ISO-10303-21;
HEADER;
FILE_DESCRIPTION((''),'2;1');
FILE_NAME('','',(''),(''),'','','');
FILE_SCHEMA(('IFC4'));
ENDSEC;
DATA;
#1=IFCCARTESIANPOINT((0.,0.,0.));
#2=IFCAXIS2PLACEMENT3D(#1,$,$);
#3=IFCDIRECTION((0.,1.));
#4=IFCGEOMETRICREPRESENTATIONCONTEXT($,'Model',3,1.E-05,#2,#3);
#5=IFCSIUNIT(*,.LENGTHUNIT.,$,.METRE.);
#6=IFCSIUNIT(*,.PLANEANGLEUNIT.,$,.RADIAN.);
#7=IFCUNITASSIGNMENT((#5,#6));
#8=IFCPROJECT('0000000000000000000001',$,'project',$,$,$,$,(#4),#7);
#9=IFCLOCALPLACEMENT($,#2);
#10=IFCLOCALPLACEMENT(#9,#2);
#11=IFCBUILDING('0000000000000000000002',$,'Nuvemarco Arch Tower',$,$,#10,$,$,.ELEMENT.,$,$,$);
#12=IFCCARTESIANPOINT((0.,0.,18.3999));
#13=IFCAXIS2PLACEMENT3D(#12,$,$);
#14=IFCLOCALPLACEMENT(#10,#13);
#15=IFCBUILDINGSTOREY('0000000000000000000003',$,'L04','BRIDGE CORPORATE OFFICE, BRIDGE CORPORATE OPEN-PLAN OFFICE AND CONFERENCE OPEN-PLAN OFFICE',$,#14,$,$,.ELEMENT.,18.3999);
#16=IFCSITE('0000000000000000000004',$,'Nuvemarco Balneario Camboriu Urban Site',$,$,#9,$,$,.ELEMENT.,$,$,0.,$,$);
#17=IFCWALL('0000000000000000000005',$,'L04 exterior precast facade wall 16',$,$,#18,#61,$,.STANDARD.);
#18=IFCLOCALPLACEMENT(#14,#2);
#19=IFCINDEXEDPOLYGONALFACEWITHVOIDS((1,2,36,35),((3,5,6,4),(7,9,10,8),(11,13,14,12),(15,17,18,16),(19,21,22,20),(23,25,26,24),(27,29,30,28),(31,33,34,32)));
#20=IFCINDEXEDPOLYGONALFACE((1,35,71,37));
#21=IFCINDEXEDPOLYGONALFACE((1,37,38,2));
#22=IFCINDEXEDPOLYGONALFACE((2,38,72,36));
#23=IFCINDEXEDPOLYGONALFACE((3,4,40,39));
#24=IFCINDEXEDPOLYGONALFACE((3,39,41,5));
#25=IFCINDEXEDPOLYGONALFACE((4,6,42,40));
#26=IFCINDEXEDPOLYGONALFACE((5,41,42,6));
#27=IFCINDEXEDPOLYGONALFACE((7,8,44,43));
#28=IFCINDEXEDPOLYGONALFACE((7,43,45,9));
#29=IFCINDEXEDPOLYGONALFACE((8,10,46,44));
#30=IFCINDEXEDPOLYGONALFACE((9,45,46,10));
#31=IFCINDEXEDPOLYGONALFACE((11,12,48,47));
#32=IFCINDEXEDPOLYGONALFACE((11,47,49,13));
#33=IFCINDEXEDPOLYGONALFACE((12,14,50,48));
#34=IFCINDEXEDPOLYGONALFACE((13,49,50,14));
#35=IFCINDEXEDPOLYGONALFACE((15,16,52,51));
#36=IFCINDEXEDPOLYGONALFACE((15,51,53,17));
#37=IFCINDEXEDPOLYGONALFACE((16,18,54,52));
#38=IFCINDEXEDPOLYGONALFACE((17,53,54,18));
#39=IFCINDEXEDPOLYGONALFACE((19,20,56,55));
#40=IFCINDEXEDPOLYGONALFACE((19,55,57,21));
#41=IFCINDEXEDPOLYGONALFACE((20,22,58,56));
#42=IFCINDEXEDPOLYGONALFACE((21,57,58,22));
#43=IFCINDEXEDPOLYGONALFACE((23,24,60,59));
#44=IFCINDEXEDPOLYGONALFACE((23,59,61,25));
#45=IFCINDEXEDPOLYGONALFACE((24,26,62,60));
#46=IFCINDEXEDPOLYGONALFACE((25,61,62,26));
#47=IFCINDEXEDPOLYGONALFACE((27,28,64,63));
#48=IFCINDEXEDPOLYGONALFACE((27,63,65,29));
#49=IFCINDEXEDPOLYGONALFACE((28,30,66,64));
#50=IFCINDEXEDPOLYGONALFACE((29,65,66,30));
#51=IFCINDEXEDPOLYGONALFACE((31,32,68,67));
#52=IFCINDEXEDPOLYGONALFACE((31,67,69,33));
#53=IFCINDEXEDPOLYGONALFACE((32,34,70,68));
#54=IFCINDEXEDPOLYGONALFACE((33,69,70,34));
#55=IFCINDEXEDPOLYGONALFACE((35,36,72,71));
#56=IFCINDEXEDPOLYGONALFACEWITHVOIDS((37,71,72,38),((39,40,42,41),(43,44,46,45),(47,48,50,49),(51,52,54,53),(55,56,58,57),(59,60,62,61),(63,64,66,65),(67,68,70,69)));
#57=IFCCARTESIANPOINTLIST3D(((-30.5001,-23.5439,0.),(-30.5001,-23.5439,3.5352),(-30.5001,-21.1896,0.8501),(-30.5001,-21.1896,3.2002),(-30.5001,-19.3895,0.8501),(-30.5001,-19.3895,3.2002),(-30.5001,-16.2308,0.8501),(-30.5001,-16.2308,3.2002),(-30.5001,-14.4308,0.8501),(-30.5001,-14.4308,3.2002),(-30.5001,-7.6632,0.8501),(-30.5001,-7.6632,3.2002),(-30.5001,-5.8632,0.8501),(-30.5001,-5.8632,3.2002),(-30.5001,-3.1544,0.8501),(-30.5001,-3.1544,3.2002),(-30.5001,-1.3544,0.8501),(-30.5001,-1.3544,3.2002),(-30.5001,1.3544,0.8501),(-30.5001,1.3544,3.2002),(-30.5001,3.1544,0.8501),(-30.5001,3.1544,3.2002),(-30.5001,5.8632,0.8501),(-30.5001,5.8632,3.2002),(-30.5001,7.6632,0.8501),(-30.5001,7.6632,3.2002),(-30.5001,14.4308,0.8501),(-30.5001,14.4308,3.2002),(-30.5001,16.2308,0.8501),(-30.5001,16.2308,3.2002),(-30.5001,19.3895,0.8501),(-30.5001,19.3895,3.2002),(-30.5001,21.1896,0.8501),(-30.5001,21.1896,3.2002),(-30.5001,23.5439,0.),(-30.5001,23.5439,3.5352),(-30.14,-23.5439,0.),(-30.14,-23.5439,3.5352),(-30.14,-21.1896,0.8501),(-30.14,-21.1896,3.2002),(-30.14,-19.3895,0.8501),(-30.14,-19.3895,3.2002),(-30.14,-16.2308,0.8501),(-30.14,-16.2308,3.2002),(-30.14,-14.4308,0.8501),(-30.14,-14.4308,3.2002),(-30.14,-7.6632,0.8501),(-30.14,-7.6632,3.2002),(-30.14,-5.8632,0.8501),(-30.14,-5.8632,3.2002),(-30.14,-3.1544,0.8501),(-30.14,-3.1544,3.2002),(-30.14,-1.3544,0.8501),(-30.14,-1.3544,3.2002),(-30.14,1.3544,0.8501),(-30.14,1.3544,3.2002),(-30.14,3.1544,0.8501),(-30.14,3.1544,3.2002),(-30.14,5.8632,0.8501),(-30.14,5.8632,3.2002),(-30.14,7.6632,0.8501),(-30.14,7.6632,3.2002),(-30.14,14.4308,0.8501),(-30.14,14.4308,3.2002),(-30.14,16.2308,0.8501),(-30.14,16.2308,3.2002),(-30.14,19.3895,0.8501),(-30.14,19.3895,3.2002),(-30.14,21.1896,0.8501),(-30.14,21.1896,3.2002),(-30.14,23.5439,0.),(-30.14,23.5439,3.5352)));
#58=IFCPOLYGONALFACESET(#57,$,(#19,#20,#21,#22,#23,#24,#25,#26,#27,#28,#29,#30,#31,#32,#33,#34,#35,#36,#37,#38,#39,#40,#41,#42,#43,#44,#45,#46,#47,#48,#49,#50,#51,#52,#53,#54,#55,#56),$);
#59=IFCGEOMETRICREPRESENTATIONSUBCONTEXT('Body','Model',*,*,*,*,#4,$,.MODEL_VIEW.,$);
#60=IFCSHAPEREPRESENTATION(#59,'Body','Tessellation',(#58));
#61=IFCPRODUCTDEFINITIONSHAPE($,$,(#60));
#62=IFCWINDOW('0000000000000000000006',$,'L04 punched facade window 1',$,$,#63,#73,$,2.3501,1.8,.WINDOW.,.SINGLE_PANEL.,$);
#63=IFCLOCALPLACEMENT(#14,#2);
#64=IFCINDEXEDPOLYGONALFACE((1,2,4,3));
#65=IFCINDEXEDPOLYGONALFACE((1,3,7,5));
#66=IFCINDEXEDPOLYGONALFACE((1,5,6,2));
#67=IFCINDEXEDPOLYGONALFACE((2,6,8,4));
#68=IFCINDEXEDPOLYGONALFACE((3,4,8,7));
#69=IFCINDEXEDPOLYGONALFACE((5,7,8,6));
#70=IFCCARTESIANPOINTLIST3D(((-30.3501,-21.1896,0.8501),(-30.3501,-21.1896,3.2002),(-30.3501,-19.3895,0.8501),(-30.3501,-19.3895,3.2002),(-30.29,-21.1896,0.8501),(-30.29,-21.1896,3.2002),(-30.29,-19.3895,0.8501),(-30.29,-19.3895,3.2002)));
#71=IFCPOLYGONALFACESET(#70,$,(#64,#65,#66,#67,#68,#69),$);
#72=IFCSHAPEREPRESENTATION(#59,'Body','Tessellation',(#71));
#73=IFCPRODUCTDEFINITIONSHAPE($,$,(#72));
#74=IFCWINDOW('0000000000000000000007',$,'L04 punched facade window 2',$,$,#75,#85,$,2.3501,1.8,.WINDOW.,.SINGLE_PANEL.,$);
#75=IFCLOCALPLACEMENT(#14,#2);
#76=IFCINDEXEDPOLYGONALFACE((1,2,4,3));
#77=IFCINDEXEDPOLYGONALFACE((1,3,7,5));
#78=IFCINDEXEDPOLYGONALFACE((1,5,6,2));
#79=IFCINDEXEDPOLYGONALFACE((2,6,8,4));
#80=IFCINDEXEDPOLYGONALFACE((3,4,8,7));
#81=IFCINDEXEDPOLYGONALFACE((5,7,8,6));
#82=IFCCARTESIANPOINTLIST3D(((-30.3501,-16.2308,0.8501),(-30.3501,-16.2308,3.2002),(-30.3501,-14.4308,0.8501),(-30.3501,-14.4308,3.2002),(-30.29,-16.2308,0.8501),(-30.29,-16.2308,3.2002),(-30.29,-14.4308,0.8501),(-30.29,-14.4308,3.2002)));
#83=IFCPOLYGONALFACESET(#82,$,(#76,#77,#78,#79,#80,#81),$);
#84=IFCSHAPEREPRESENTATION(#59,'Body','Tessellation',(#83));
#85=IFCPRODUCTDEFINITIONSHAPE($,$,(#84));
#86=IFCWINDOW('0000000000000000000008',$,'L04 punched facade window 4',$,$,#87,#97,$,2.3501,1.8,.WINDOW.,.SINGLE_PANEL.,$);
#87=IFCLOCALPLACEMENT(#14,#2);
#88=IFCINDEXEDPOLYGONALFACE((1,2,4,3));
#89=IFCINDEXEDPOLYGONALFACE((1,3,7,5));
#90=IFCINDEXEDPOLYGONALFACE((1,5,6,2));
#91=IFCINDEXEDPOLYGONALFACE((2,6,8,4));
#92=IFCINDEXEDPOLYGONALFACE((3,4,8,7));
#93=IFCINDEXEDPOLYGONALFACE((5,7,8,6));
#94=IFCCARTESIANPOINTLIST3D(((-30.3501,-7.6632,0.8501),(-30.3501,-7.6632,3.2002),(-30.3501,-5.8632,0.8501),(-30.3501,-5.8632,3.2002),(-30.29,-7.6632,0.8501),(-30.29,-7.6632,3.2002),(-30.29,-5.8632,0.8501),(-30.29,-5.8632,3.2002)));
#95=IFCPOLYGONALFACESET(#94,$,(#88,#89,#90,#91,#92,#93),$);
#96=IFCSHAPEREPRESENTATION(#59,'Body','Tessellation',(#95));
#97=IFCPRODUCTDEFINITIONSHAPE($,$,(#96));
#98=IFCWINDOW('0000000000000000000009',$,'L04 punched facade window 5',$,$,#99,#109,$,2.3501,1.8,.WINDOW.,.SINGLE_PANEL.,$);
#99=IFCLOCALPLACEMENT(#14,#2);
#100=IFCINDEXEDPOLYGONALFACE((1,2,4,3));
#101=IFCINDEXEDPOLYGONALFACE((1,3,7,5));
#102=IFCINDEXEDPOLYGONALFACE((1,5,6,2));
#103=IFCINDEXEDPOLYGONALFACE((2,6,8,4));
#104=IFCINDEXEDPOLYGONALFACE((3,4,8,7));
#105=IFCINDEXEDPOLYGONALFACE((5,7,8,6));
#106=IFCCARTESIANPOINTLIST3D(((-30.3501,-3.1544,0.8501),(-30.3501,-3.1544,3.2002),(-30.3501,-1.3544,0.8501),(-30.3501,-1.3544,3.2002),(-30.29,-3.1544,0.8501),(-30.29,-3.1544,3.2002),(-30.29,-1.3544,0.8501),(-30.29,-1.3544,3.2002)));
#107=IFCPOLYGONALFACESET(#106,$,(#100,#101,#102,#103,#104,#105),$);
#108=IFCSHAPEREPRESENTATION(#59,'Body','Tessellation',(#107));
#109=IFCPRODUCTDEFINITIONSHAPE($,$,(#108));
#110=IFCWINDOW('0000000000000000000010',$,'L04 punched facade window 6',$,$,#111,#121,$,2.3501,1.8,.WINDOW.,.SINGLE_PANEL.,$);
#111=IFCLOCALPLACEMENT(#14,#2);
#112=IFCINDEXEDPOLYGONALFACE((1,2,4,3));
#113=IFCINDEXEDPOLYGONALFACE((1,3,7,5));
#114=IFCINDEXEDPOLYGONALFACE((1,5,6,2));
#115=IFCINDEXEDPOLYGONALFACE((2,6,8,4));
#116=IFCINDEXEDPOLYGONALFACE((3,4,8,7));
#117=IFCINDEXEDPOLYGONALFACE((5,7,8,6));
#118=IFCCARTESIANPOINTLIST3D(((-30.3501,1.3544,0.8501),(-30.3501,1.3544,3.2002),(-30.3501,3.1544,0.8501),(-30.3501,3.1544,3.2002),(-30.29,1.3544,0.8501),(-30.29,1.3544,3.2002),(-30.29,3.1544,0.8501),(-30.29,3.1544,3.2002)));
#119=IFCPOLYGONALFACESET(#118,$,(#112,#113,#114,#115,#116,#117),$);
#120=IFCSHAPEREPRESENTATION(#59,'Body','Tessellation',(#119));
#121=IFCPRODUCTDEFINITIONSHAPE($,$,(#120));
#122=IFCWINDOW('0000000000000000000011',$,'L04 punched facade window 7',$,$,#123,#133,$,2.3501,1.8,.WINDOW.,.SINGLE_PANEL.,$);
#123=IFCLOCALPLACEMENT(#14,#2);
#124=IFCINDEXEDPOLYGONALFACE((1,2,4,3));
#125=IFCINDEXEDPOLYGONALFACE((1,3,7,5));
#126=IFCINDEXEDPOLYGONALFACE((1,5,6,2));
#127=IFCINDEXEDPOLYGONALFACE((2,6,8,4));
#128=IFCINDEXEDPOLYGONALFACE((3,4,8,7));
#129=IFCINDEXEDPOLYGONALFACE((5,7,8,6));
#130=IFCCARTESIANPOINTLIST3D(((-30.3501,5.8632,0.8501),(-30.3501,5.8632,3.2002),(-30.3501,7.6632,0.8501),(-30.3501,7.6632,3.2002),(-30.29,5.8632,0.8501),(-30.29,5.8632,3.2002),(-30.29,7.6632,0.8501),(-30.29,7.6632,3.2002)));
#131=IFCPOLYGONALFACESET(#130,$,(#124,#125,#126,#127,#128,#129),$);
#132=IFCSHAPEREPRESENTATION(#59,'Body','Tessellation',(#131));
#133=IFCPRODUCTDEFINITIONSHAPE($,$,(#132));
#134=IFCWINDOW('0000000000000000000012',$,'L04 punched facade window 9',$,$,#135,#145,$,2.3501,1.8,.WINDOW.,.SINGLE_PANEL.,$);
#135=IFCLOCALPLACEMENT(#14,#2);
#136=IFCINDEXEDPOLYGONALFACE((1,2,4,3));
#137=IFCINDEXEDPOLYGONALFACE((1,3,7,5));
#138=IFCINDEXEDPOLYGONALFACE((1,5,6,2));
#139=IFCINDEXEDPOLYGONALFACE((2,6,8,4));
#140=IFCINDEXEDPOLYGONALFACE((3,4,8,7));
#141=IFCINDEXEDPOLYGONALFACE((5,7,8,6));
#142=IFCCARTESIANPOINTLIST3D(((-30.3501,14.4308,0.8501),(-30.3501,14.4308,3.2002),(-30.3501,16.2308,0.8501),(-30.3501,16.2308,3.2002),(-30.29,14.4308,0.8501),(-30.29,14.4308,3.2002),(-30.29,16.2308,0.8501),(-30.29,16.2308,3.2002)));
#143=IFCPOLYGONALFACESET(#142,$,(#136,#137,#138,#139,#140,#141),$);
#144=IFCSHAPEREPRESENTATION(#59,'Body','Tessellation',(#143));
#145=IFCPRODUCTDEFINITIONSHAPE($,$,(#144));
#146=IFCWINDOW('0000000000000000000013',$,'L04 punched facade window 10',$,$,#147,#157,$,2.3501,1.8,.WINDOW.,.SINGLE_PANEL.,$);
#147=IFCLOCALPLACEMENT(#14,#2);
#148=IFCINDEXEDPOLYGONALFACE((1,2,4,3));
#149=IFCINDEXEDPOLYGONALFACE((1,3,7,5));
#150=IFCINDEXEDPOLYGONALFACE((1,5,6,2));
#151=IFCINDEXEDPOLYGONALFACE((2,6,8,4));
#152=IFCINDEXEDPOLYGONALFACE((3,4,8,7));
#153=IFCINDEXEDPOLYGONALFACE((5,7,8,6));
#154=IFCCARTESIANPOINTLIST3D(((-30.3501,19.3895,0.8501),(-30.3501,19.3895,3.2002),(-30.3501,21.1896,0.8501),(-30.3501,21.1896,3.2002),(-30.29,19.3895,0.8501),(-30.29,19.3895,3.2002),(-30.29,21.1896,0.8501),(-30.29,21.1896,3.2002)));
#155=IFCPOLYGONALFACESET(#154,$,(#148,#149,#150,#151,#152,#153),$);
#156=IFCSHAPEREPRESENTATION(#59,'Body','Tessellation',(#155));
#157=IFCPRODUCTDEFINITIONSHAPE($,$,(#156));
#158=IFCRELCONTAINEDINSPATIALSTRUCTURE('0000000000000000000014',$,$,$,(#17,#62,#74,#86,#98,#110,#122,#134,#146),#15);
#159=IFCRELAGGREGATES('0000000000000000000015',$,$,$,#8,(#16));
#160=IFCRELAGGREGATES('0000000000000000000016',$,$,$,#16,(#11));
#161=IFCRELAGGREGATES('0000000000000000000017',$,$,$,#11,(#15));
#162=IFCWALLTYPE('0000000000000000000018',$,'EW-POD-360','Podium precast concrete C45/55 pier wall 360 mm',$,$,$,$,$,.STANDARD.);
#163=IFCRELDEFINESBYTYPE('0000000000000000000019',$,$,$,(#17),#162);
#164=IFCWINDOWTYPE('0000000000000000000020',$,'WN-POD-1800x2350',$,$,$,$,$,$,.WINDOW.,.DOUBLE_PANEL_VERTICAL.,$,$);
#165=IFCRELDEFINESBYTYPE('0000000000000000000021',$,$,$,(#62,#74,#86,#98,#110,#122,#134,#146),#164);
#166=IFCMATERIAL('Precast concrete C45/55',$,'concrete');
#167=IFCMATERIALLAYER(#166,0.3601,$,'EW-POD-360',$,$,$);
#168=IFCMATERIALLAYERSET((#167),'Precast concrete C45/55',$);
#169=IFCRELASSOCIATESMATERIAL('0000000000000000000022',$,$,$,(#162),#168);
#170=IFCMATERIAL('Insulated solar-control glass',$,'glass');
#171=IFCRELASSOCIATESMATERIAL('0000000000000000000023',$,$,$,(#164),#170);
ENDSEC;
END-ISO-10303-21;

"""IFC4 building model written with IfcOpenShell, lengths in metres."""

from ifc_helpers import new_model, si_unit, direction, frame, frame_2d, origin, place, context, subcontext, project, spatial, rectangle, extrude, source, transform, mapped, material, layer, layer_set, type_object, type_shapes, element, fill, save


model = new_model("IFC4")

# Units and contexts
model_context = context("Model", 3, precision=1e-05, world=origin(), true_north=direction((0.0, 1.0)))
body_context = subcontext(model_context, "Body", "Model", "MODEL_VIEW")
ifc_project = project(units=[si_unit("LENGTHUNIT", "METRE"), si_unit("PLANEANGLEUNIT", "RADIAN")], contexts=[model_context])

# Site, building, storey
site_placement = place(None, origin())
site = spatial("IfcSite", under=ifc_project, at=site_placement, Name="Nuvemarco Balneario Camboriu Urban Site", CompositionType="ELEMENT", RefElevation=0.0)
building_placement = place(site_placement, origin())
building = spatial("IfcBuilding", under=site, at=building_placement, Name="Nuvemarco Arch Tower", CompositionType="ELEMENT")
storey_placement = place(building_placement, frame((0.0, 0.0, 18.3999)))
storey = spatial("IfcBuildingStorey", under=building, at=storey_placement, Name="L04", Description="BRIDGE CORPORATE OFFICE, BRIDGE CORPORATE OPEN-PLAN OFFICE AND CONFERENCE OPEN-PLAN OFFICE", CompositionType="ELEMENT", Elevation=18.3999)

# Shared definitions
ifc_material_1 = material(Name="Precast concrete C45/55", Category="concrete")

# Shared definitions
ifc_layer_1 = layer(ifc_material_1, 0.3601, Name="EW-POD-360")
ifc_layer_set_1 = layer_set([ifc_layer_1], Name="Precast concrete C45/55")
wall_type_1 = type_object("IfcWallType", Name="EW-POD-360", Description="Podium precast concrete C45/55 pier wall 360 mm", PredefinedType="STANDARD", material=ifc_layer_set_1)

# Wall, openings, windows
wall_1_placement = place(storey_placement, frame((-30.3201, -23.5439, 0.0), z_axis=(0.0, 0.0, 1.0), x_axis=(0.0, 1.0, 0.0)))
wall_1 = element("IfcWall", 1, at=wall_1_placement, inside=storey, type_object=wall_type_1, Name="L04 exterior precast facade wall 16", PredefinedType="STANDARD", context=body_context, shape_type="SweptSolid", body=[
    extrude(rectangle(XDim=47.0879, YDim=0.3601, at=frame_2d((23.5439, 0.0))), origin(), (0.0, 0.0, 1.0), 3.5352),
])
opening_1_placement = place(wall_1_placement, frame((2.3545, 0.0, 0.8501)))
opening_1 = element("IfcOpeningElement", 2, at=opening_1_placement, cuts=wall_1, PredefinedType="OPENING", context=body_context, shape_type="SweptSolid", body=[
    extrude(rectangle(XDim=1.8, YDim=2.3501, at=frame_2d((0.8999, 1.175))), frame((0.0, 0.1899, 0.0), z_axis=(0.0, -1.0, 0.0), x_axis=(1.0, 0.0, 0.0)), (0.0, 0.0, 1.0), 0.3801),
])
opening_2_placement = place(wall_1_placement, frame((7.3132, 0.0, 0.8501)))
opening_2 = element("IfcOpeningElement", 3, at=opening_2_placement, cuts=wall_1, PredefinedType="OPENING", context=body_context, shape_type="SweptSolid", body=[
    extrude(rectangle(XDim=1.8, YDim=2.3501, at=frame_2d((0.8999, 1.175))), frame((0.0, 0.1899, 0.0), z_axis=(0.0, -1.0, 0.0), x_axis=(1.0, 0.0, 0.0)), (0.0, 0.0, 1.0), 0.3801),
])
opening_3_placement = place(wall_1_placement, frame((15.8809, 0.0, 0.8501)))
opening_3 = element("IfcOpeningElement", 4, at=opening_3_placement, cuts=wall_1, PredefinedType="OPENING", context=body_context, shape_type="SweptSolid", body=[
    extrude(rectangle(XDim=1.8, YDim=2.3501, at=frame_2d((0.8999, 1.175))), frame((0.0, 0.1899, 0.0), z_axis=(0.0, -1.0, 0.0), x_axis=(1.0, 0.0, 0.0)), (0.0, 0.0, 1.0), 0.3801),
])
opening_4_placement = place(wall_1_placement, frame((20.3896, 0.0, 0.8501)))
opening_4 = element("IfcOpeningElement", 5, at=opening_4_placement, cuts=wall_1, PredefinedType="OPENING", context=body_context, shape_type="SweptSolid", body=[
    extrude(rectangle(XDim=1.8, YDim=2.3501, at=frame_2d((0.8999, 1.175))), frame((0.0, 0.1899, 0.0), z_axis=(0.0, -1.0, 0.0), x_axis=(1.0, 0.0, 0.0)), (0.0, 0.0, 1.0), 0.3801),
])
opening_5_placement = place(wall_1_placement, frame((24.8984, 0.0, 0.8501)))
opening_5 = element("IfcOpeningElement", 6, at=opening_5_placement, cuts=wall_1, PredefinedType="OPENING", context=body_context, shape_type="SweptSolid", body=[
    extrude(rectangle(XDim=1.8, YDim=2.3501, at=frame_2d((0.8999, 1.175))), frame((0.0, 0.1899, 0.0), z_axis=(0.0, -1.0, 0.0), x_axis=(1.0, 0.0, 0.0)), (0.0, 0.0, 1.0), 0.3801),
])
opening_6_placement = place(wall_1_placement, frame((29.4072, 0.0, 0.8501)))
opening_6 = element("IfcOpeningElement", 7, at=opening_6_placement, cuts=wall_1, PredefinedType="OPENING", context=body_context, shape_type="SweptSolid", body=[
    extrude(rectangle(XDim=1.8, YDim=2.3501, at=frame_2d((0.8999, 1.175))), frame((0.0, 0.1899, 0.0), z_axis=(0.0, -1.0, 0.0), x_axis=(1.0, 0.0, 0.0)), (0.0, 0.0, 1.0), 0.3801),
])
opening_7_placement = place(wall_1_placement, frame((37.9749, 0.0, 0.8501)))
opening_7 = element("IfcOpeningElement", 8, at=opening_7_placement, cuts=wall_1, PredefinedType="OPENING", context=body_context, shape_type="SweptSolid", body=[
    extrude(rectangle(XDim=1.8, YDim=2.3501, at=frame_2d((0.8999, 1.175))), frame((0.0, 0.1899, 0.0), z_axis=(0.0, -1.0, 0.0), x_axis=(1.0, 0.0, 0.0)), (0.0, 0.0, 1.0), 0.3801),
])
opening_8_placement = place(wall_1_placement, frame((42.9336, 0.0, 0.8501)))
opening_8 = element("IfcOpeningElement", 9, at=opening_8_placement, cuts=wall_1, PredefinedType="OPENING", context=body_context, shape_type="SweptSolid", body=[
    extrude(rectangle(XDim=1.8, YDim=2.3501, at=frame_2d((0.8999, 1.175))), frame((0.0, 0.1899, 0.0), z_axis=(0.0, -1.0, 0.0), x_axis=(1.0, 0.0, 0.0)), (0.0, 0.0, 1.0), 0.3801),
])
ifc_material_2 = material(Name="Insulated solar-control glass", Category="glass")
window_type = type_object("IfcWindowType", Name="WN-POD-1800x2350", PartitioningType="DOUBLE_PANEL_VERTICAL", PredefinedType="WINDOW", material=ifc_material_2)
shared_shape_1 = source(origin(), body_context, "Body", "SweptSolid", [
    extrude(rectangle(XDim=1.8, YDim=2.3501, at=frame_2d((0.8999, 1.175))), frame((0.0, 0.03, 0.0), z_axis=(0.0, -1.0, 0.0), x_axis=(1.0, 0.0, 0.0)), (0.0, 0.0, 1.0), 0.0601),
])
type_shapes(window_type, [shared_shape_1])
window_1_placement = place(opening_1_placement, origin())
window_1 = element("IfcWindow", 10, at=window_1_placement, inside=storey, type_object=window_type, Name="L04 punched facade window 1", OverallHeight=2.3501, OverallWidth=1.8, PartitioningType="SINGLE_PANEL", PredefinedType="WINDOW", context=body_context, shape_type="MappedRepresentation", body=[
    mapped(shared_shape_1, transform((0.0, 0.0, 0.0), scale=1.0)),
])
fill(opening_1, window_1)
window_2_placement = place(opening_2_placement, origin())
window_2 = element("IfcWindow", 11, at=window_2_placement, inside=storey, type_object=window_type, Name="L04 punched facade window 2", OverallHeight=2.3501, OverallWidth=1.8, PartitioningType="SINGLE_PANEL", PredefinedType="WINDOW", context=body_context, shape_type="MappedRepresentation", body=[
    mapped(shared_shape_1, transform((0.0, 0.0, 0.0), scale=1.0)),
])
fill(opening_2, window_2)
window_3_placement = place(opening_3_placement, origin())
window_3 = element("IfcWindow", 12, at=window_3_placement, inside=storey, type_object=window_type, Name="L04 punched facade window 4", OverallHeight=2.3501, OverallWidth=1.8, PartitioningType="SINGLE_PANEL", PredefinedType="WINDOW", context=body_context, shape_type="MappedRepresentation", body=[
    mapped(shared_shape_1, transform((0.0, 0.0, 0.0), scale=1.0)),
])
fill(opening_3, window_3)
window_4_placement = place(opening_4_placement, origin())
window_4 = element("IfcWindow", 13, at=window_4_placement, inside=storey, type_object=window_type, Name="L04 punched facade window 5", OverallHeight=2.3501, OverallWidth=1.8, PartitioningType="SINGLE_PANEL", PredefinedType="WINDOW", context=body_context, shape_type="MappedRepresentation", body=[
    mapped(shared_shape_1, transform((0.0, 0.0, 0.0), scale=1.0)),
])
fill(opening_4, window_4)
window_5_placement = place(opening_5_placement, origin())
window_5 = element("IfcWindow", 14, at=window_5_placement, inside=storey, type_object=window_type, Name="L04 punched facade window 6", OverallHeight=2.3501, OverallWidth=1.8, PartitioningType="SINGLE_PANEL", PredefinedType="WINDOW", context=body_context, shape_type="MappedRepresentation", body=[
    mapped(shared_shape_1, transform((0.0, 0.0, 0.0), scale=1.0)),
])
fill(opening_5, window_5)
window_6_placement = place(opening_6_placement, origin())
window_6 = element("IfcWindow", 15, at=window_6_placement, inside=storey, type_object=window_type, Name="L04 punched facade window 7", OverallHeight=2.3501, OverallWidth=1.8, PartitioningType="SINGLE_PANEL", PredefinedType="WINDOW", context=body_context, shape_type="MappedRepresentation", body=[
    mapped(shared_shape_1, transform((0.0, 0.0, 0.0), scale=1.0)),
])
fill(opening_6, window_6)
window_7_placement = place(opening_7_placement, origin())
window_7 = element("IfcWindow", 16, at=window_7_placement, inside=storey, type_object=window_type, Name="L04 punched facade window 9", OverallHeight=2.3501, OverallWidth=1.8, PartitioningType="SINGLE_PANEL", PredefinedType="WINDOW", context=body_context, shape_type="MappedRepresentation", body=[
    mapped(shared_shape_1, transform((0.0, 0.0, 0.0), scale=1.0)),
])
fill(opening_7, window_7)
window_8_placement = place(opening_8_placement, origin())
window_8 = element("IfcWindow", 17, at=window_8_placement, inside=storey, type_object=window_type, Name="L04 punched facade window 10", OverallHeight=2.3501, OverallWidth=1.8, PartitioningType="SINGLE_PANEL", PredefinedType="WINDOW", context=body_context, shape_type="MappedRepresentation", body=[
    mapped(shared_shape_1, transform((0.0, 0.0, 0.0), scale=1.0)),
])
fill(opening_8, window_8)

save(model, "model.ifc")
